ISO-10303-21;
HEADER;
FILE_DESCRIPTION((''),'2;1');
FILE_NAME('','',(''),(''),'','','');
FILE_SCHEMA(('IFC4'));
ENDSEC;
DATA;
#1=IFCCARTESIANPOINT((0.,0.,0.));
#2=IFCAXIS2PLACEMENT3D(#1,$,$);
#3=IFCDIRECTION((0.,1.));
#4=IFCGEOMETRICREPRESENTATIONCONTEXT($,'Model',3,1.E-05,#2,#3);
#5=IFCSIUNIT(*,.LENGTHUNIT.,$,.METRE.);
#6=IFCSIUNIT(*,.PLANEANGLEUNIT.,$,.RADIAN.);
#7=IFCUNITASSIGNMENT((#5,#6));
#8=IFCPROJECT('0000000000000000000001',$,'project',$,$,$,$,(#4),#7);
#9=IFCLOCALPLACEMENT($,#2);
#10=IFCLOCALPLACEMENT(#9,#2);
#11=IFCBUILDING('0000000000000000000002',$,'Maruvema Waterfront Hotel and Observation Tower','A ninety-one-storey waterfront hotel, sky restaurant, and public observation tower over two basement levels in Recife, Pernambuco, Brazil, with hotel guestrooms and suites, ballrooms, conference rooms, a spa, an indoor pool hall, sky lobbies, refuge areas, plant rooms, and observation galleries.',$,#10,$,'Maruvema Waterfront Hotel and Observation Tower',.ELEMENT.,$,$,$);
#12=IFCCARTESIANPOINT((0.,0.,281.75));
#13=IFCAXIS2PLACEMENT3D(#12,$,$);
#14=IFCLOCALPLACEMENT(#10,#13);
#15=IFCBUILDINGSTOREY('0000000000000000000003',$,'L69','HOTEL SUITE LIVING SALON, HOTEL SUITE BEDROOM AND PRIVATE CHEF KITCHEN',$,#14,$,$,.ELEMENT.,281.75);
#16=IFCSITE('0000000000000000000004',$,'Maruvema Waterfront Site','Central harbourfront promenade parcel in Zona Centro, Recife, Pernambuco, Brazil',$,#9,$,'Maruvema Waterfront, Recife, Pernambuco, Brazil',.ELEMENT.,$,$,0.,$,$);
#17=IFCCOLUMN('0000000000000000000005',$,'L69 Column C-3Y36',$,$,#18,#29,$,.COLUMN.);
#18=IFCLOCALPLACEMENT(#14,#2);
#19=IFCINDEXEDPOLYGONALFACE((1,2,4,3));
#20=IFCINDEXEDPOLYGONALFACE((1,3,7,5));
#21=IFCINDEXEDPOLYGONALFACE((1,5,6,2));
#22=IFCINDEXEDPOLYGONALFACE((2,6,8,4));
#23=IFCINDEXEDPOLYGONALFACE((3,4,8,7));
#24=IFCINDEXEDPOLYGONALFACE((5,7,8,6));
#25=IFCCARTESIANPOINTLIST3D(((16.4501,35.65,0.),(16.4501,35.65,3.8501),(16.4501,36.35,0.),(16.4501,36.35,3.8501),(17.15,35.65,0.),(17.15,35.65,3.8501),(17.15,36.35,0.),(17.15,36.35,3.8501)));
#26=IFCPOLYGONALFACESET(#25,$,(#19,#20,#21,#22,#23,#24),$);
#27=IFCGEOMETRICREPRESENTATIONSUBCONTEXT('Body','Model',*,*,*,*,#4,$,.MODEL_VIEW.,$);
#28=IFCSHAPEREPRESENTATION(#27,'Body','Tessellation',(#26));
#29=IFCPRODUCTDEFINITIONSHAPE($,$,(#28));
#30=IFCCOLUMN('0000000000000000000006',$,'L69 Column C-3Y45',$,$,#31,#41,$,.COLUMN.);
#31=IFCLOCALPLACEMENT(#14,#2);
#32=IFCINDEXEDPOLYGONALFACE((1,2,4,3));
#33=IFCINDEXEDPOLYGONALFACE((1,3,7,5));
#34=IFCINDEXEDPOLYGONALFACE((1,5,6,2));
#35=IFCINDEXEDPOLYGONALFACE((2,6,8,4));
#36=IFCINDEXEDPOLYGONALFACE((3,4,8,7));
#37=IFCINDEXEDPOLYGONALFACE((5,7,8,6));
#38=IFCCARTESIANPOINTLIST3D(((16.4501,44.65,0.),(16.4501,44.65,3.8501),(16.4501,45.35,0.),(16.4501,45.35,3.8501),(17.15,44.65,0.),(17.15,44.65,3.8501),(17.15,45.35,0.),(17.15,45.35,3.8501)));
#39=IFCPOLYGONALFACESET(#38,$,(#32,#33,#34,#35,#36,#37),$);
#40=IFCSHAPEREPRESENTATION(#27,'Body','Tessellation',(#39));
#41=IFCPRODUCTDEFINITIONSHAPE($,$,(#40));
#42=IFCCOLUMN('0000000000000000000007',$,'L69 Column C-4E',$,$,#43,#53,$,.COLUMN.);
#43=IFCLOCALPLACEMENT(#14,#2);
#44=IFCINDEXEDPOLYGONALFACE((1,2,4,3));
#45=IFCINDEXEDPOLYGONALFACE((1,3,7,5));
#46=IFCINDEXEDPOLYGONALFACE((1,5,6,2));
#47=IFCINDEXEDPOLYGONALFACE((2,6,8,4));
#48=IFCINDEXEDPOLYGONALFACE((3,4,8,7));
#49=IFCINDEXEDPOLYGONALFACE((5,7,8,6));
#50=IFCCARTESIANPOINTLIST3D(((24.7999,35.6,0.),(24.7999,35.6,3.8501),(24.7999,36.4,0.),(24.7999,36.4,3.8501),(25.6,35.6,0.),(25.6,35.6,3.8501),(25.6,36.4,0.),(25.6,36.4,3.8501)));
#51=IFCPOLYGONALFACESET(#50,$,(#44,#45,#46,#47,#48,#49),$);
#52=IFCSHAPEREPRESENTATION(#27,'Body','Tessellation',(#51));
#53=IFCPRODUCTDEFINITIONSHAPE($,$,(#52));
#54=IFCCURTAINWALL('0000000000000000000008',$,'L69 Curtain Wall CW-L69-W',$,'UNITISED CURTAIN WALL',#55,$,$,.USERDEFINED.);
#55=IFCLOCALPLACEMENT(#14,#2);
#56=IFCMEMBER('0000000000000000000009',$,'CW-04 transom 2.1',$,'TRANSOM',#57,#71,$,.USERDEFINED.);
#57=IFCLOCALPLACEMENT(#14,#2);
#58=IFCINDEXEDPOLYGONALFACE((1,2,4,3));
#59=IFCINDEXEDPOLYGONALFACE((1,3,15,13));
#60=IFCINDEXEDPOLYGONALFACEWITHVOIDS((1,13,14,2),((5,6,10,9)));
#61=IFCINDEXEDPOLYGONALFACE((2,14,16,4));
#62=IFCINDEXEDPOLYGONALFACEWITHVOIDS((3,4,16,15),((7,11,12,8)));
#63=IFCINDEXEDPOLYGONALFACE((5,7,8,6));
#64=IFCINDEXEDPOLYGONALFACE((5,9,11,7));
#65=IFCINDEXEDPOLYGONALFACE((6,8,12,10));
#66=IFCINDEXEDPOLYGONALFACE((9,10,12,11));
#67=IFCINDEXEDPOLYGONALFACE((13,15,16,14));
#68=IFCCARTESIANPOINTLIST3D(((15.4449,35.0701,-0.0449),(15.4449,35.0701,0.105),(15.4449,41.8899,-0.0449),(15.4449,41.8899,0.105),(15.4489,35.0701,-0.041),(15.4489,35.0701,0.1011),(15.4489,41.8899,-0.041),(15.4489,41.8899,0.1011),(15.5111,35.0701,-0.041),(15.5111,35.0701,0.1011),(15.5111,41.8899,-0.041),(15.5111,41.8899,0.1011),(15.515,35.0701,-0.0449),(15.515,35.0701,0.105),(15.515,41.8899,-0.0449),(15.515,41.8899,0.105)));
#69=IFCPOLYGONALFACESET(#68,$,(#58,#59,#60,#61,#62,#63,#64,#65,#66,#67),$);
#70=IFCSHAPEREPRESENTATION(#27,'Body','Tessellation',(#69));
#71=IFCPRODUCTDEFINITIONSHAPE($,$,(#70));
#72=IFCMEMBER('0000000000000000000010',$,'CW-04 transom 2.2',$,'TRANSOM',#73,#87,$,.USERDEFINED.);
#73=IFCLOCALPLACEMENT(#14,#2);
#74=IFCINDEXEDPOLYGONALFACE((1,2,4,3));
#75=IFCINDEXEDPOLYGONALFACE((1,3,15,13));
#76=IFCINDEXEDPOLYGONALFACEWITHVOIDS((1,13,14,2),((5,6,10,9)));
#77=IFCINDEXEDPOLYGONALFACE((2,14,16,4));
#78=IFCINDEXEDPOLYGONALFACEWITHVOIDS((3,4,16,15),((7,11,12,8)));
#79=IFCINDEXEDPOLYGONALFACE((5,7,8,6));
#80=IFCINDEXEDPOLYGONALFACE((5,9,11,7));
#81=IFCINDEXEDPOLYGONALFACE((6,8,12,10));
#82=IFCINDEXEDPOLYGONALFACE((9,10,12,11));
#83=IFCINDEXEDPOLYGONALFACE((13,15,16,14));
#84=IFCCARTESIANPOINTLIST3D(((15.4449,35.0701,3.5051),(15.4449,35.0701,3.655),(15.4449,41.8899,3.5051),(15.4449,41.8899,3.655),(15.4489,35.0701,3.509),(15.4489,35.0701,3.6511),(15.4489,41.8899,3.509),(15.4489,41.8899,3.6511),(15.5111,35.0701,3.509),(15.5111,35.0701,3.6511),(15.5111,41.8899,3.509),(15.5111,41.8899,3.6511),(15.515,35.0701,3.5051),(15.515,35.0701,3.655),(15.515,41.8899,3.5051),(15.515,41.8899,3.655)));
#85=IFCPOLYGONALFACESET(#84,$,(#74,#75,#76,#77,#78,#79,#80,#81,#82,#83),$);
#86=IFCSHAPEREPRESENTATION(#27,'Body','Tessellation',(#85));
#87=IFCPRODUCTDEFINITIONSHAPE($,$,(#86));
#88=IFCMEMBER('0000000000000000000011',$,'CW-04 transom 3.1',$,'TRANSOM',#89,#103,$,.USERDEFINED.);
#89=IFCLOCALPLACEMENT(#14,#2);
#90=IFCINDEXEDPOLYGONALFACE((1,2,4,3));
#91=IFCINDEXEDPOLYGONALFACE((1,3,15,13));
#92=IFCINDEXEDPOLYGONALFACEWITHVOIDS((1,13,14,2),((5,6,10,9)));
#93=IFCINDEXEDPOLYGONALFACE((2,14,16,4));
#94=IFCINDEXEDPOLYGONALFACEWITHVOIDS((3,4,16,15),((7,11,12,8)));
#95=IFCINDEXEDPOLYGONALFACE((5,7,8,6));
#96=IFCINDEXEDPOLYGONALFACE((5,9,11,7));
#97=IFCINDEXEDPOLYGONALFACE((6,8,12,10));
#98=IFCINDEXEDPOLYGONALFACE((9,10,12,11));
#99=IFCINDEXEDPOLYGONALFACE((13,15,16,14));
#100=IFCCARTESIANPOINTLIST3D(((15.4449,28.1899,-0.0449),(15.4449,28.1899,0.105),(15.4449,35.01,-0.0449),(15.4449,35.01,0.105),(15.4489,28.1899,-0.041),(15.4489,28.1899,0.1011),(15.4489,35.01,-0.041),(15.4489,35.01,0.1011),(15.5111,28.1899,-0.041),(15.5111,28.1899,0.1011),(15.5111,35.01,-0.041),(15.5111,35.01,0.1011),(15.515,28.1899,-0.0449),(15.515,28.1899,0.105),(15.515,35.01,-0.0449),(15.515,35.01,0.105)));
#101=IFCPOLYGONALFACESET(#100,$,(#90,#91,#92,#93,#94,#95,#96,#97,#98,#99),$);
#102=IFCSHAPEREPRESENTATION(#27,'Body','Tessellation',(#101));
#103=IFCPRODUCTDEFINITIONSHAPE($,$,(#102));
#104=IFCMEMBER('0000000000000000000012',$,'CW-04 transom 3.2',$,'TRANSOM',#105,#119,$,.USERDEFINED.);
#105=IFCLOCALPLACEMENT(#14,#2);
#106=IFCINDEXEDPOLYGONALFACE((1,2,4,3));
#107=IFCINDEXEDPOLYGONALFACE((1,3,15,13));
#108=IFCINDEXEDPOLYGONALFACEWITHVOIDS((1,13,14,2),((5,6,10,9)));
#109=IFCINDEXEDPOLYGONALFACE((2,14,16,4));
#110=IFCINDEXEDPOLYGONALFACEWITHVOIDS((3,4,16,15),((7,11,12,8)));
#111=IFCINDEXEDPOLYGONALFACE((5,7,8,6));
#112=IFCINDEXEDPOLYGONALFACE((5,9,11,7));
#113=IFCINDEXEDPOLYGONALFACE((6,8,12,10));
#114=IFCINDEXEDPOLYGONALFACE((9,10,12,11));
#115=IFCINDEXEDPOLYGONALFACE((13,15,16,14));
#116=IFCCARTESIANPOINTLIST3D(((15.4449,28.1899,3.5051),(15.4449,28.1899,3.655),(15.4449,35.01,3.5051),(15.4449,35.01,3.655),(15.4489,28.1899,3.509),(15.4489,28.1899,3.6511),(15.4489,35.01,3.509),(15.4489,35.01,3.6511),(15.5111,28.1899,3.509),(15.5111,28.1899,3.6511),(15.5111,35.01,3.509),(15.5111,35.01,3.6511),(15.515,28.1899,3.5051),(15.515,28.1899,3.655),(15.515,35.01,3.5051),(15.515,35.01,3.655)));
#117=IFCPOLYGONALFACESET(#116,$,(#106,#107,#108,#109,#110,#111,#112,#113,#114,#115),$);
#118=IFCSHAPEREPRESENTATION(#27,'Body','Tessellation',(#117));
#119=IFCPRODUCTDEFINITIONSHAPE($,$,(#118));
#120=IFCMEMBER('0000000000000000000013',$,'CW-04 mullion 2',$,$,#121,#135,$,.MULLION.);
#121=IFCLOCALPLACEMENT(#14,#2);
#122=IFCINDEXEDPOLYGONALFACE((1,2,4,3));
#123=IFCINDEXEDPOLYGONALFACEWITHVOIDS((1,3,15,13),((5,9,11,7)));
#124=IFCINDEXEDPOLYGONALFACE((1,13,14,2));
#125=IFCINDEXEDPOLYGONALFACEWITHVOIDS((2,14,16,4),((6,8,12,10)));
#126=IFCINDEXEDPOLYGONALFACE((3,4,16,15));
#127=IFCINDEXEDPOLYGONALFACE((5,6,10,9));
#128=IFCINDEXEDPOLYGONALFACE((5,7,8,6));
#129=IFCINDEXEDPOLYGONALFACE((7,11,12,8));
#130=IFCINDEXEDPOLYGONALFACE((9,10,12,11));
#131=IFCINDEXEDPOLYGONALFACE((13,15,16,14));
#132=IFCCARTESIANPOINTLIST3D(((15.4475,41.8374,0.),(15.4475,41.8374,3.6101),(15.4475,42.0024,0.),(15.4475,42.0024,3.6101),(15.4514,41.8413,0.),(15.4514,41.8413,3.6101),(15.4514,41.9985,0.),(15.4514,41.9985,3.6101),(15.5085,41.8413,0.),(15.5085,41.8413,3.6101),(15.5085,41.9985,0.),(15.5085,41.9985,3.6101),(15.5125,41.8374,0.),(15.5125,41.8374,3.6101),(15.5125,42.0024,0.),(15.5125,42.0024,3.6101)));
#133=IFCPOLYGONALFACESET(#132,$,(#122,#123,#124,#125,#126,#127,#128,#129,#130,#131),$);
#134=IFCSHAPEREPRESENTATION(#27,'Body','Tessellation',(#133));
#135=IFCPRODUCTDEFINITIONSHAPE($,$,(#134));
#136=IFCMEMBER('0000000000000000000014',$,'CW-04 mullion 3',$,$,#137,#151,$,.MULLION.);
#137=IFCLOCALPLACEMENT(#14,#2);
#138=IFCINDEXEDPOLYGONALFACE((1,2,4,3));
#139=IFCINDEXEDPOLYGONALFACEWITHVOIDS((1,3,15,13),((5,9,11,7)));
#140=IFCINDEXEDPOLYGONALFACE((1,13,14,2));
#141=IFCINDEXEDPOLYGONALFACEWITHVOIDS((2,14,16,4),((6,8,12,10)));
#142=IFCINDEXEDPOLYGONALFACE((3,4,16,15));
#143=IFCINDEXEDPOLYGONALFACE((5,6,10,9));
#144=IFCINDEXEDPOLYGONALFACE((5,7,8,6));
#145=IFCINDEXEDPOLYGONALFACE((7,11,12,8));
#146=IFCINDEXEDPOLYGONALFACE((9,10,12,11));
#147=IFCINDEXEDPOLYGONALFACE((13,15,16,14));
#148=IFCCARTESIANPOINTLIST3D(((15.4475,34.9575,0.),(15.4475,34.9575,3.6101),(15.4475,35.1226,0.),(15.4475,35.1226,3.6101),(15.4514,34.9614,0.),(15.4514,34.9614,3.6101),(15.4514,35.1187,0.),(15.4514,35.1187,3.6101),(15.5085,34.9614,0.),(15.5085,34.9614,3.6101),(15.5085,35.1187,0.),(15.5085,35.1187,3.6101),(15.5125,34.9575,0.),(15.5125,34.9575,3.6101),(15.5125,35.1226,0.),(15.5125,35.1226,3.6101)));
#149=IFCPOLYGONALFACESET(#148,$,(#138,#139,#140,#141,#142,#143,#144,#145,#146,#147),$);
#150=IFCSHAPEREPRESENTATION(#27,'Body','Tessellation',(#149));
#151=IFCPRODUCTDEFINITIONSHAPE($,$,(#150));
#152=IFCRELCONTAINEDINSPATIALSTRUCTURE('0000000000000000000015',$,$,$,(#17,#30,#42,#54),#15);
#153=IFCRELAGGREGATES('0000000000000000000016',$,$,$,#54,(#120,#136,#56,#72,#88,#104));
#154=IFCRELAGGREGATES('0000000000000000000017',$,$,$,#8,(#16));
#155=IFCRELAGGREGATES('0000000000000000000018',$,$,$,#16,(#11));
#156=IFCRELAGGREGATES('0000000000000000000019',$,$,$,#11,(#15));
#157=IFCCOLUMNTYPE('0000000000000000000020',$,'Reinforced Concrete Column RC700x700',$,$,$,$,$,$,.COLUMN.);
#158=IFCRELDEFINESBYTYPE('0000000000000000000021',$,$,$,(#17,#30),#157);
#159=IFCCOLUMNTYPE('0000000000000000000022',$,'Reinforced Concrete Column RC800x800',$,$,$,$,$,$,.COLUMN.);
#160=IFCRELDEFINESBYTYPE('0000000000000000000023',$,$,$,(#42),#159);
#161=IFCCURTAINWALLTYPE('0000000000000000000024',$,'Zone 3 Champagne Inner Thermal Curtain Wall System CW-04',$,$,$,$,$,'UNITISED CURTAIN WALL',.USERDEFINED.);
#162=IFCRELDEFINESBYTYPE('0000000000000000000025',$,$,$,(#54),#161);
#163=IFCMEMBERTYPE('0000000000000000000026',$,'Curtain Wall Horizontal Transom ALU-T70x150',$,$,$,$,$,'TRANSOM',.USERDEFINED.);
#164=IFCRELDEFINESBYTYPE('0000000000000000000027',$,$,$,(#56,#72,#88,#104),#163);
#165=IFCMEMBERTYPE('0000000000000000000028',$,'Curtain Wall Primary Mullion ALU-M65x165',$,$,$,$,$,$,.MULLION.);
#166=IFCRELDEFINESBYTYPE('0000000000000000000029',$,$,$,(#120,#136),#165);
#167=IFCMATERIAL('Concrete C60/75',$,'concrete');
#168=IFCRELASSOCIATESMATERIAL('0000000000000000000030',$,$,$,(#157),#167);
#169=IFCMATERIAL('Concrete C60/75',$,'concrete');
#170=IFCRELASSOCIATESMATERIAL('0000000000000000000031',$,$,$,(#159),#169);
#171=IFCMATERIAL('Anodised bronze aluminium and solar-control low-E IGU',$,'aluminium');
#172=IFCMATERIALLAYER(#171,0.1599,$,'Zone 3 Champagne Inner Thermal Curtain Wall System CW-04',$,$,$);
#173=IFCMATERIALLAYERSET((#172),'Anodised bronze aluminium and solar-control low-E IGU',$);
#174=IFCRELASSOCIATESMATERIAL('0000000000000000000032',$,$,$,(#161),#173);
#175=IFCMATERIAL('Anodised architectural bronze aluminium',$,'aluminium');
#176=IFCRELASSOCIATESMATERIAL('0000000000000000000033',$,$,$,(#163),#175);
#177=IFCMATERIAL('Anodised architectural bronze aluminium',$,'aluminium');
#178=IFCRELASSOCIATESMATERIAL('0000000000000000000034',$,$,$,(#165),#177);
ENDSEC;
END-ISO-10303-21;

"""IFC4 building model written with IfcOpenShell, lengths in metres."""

from ifc_helpers import new_model, si_unit, direction, frame, origin, origin_2d, place, context, subcontext, project, spatial, rectangle, hollow_rectangle, extrude, material, layer, layer_set, material_profile, profile_set, type_object, element, aggregate, save


model = new_model("IFC4")

# Units and contexts
model_context = context("Model", 3, precision=1e-05, world=origin(), true_north=direction((0.0, 1.0)))
body_context = subcontext(model_context, "Body", "Model", "MODEL_VIEW")
ifc_project = project(units=[si_unit("LENGTHUNIT", "METRE"), si_unit("PLANEANGLEUNIT", "RADIAN")], contexts=[model_context])

# Site, building, storey
site_placement = place(None, origin())
site = spatial("IfcSite", under=ifc_project, at=site_placement, Name="Maruvema Waterfront Site", Description="Central harbourfront promenade parcel in Zona Centro, Recife, Pernambuco, Brazil", LongName="Maruvema Waterfront, Recife, Pernambuco, Brazil", CompositionType="ELEMENT", RefElevation=0.0)
building_placement = place(site_placement, origin())
building = spatial("IfcBuilding", under=site, at=building_placement, Name="Maruvema Waterfront Hotel and Observation Tower", Description="A ninety-one-storey waterfront hotel, sky restaurant, and public observation tower over two basement levels in Recife, Pernambuco, Brazil, with hotel guestrooms and suites, ballrooms, conference rooms, a spa, an indoor pool hall, sky lobbies, refuge areas, plant rooms, and observation galleries.", LongName="Maruvema Waterfront Hotel and Observation Tower", CompositionType="ELEMENT")
storey_placement = place(building_placement, frame((0.0, 0.0, 281.75)))
storey = spatial("IfcBuildingStorey", under=building, at=storey_placement, Name="L69", Description="HOTEL SUITE LIVING SALON, HOTEL SUITE BEDROOM AND PRIVATE CHEF KITCHEN", CompositionType="ELEMENT", Elevation=281.75)

# Columns
ifc_material_1 = material(Name="Concrete C60/75", Category="concrete")
ifc_material_profile_1 = material_profile(ifc_material_1, rectangle(XDim=0.7, YDim=0.7, at=origin_2d()), Name="RC700x700")
ifc_profile_set_1 = profile_set([ifc_material_profile_1], Name="Concrete C60/75")
column_type_1 = type_object("IfcColumnType", Name="Reinforced Concrete Column RC700x700", PredefinedType="COLUMN", material=ifc_profile_set_1)
for number, where, z_axis, x_axis, name in (
    (1, (16.8, 36.0, 0.0), (0.0, 0.0, 1.0), (1.0, 0.0, 0.0), "L69 Column C-3Y36"),
    (2, (16.8, 45.0, 0.0), (0.0, 0.0, 1.0), (1.0, 0.0, 0.0), "L69 Column C-3Y45"),
):
    element("IfcColumn", number, at=place(storey_placement, frame(where, z_axis=z_axis, x_axis=x_axis)), inside=storey, type_object=column_type_1, Name=name, PredefinedType="COLUMN", context=body_context, shape_type="SweptSolid", body=[
        extrude(rectangle(XDim=0.7, YDim=0.7, at=origin_2d()), origin(), (0.0, 0.0, 1.0), 3.8501),
    ])
ifc_material_2 = material(Name="Concrete C60/75", Category="concrete")
ifc_material_profile_2 = material_profile(ifc_material_2, rectangle(XDim=0.8, YDim=0.8, at=origin_2d()), Name="RC800x800")
ifc_profile_set_2 = profile_set([ifc_material_profile_2], Name="Concrete C60/75")
column_type_2 = type_object("IfcColumnType", Name="Reinforced Concrete Column RC800x800", PredefinedType="COLUMN", material=ifc_profile_set_2)
column_placement = place(storey_placement, frame((25.2, 36.0, 0.0), z_axis=(0.0, 0.0, 1.0), x_axis=(1.0, 0.0, 0.0)))
element("IfcColumn", 3, at=column_placement, inside=storey, type_object=column_type_2, Name="L69 Column C-4E", PredefinedType="COLUMN", context=body_context, shape_type="SweptSolid", body=[
    extrude(rectangle(XDim=0.8, YDim=0.8, at=origin_2d()), origin(), (0.0, 0.0, 1.0), 3.8501),
])

# Curtain wall, members
ifc_material_3 = material(Name="Anodised bronze aluminium and solar-control low-E IGU", Category="aluminium")
ifc_layer_1 = layer(ifc_material_3, 0.1599, Name="Zone 3 Champagne Inner Thermal Curtain Wall System CW-04")
ifc_layer_set_1 = layer_set([ifc_layer_1], Name="Anodised bronze aluminium and solar-control low-E IGU")
curtain_wall_type = type_object("IfcCurtainWallType", Name="Zone 3 Champagne Inner Thermal Curtain Wall System CW-04", ElementType="UNITISED CURTAIN WALL", PredefinedType="USERDEFINED", material=ifc_layer_set_1)
curtain_wall_placement = place(storey_placement, origin())
curtain_wall = element("IfcCurtainWall", 4, at=curtain_wall_placement, inside=storey, type_object=curtain_wall_type, Name="L69 Curtain Wall CW-L69-W", ObjectType="UNITISED CURTAIN WALL", PredefinedType="USERDEFINED")
ifc_material_4 = material(Name="Anodised architectural bronze aluminium", Category="aluminium")
ifc_material_profile_3 = material_profile(ifc_material_4, hollow_rectangle(XDim=0.0701, YDim=0.1499, WallThickness=0.0039, at=origin_2d()), Name="ALU-T70x150")
ifc_profile_set_3 = profile_set([ifc_material_profile_3], Name="Anodised architectural bronze aluminium")
member_type_1 = type_object("IfcMemberType", Name="Curtain Wall Horizontal Transom ALU-T70x150", ElementType="TRANSOM", PredefinedType="USERDEFINED", material=ifc_profile_set_3)
member_1_placement = place(storey_placement, frame((15.48, 41.8899, 0.03), z_axis=(0.0, -1.0, 0.0), x_axis=(1.0, 0.0, 0.0)))
member_1 = element("IfcMember", 5, at=member_1_placement, type_object=member_type_1, Name="CW-04 transom 2.1", ObjectType="TRANSOM", PredefinedType="USERDEFINED", context=body_context, shape_type="SweptSolid", body=[
    extrude(hollow_rectangle(XDim=0.0701, YDim=0.1499, WallThickness=0.0039, at=origin_2d()), origin(), (0.0, 0.0, 1.0), 6.8198),
])
member_2_placement = place(storey_placement, frame((15.48, 41.8899, 3.5801), z_axis=(0.0, -1.0, 0.0), x_axis=(1.0, 0.0, 0.0)))
member_2 = element("IfcMember", 6, at=member_2_placement, type_object=member_type_1, Name="CW-04 transom 2.2", ObjectType="TRANSOM", PredefinedType="USERDEFINED", context=body_context, shape_type="SweptSolid", body=[
    extrude(hollow_rectangle(XDim=0.0701, YDim=0.1499, WallThickness=0.0039, at=origin_2d()), origin(), (0.0, 0.0, 1.0), 6.8198),
])
member_3_placement = place(storey_placement, frame((15.48, 35.01, 0.03), z_axis=(0.0, -1.0, 0.0), x_axis=(1.0, 0.0, 0.0)))
member_3 = element("IfcMember", 7, at=member_3_placement, type_object=member_type_1, Name="CW-04 transom 3.1", ObjectType="TRANSOM", PredefinedType="USERDEFINED", context=body_context, shape_type="SweptSolid", body=[
    extrude(hollow_rectangle(XDim=0.0701, YDim=0.1499, WallThickness=0.0039, at=origin_2d()), origin(), (0.0, 0.0, 1.0), 6.8201),
])
member_4_placement = place(storey_placement, frame((15.48, 35.01, 3.5801), z_axis=(0.0, -1.0, 0.0), x_axis=(1.0, 0.0, 0.0)))
member_4 = element("IfcMember", 8, at=member_4_placement, type_object=member_type_1, Name="CW-04 transom 3.2", ObjectType="TRANSOM", PredefinedType="USERDEFINED", context=body_context, shape_type="SweptSolid", body=[
    extrude(hollow_rectangle(XDim=0.0701, YDim=0.1499, WallThickness=0.0039, at=origin_2d()), origin(), (0.0, 0.0, 1.0), 6.8201),
])
ifc_material_5 = material(Name="Anodised architectural bronze aluminium", Category="aluminium")
ifc_material_profile_4 = material_profile(ifc_material_5, hollow_rectangle(XDim=0.0649, YDim=0.165, WallThickness=0.0039, at=origin_2d()), Name="ALU-M65x165")
ifc_profile_set_4 = profile_set([ifc_material_profile_4], Name="Anodised architectural bronze aluminium")
member_type_2 = type_object("IfcMemberType", Name="Curtain Wall Primary Mullion ALU-M65x165", PredefinedType="MULLION", material=ifc_profile_set_4)
member_5_placement = place(storey_placement, frame((15.48, 41.9199, 0.0), z_axis=(0.0, 0.0, 1.0), x_axis=(1.0, 0.0, 0.0)))
member_5 = element("IfcMember", 9, at=member_5_placement, type_object=member_type_2, Name="CW-04 mullion 2", PredefinedType="MULLION", context=body_context, shape_type="SweptSolid", body=[
    extrude(hollow_rectangle(XDim=0.0649, YDim=0.165, WallThickness=0.0039, at=origin_2d()), origin(), (0.0, 0.0, 1.0), 3.6101),
])
member_6_placement = place(storey_placement, frame((15.48, 35.04, 0.0), z_axis=(0.0, 0.0, 1.0), x_axis=(1.0, 0.0, 0.0)))
member_6 = element("IfcMember", 10, at=member_6_placement, type_object=member_type_2, Name="CW-04 mullion 3", PredefinedType="MULLION", context=body_context, shape_type="SweptSolid", body=[
    extrude(hollow_rectangle(XDim=0.0649, YDim=0.165, WallThickness=0.0039, at=origin_2d()), origin(), (0.0, 0.0, 1.0), 3.6101),
])

aggregate(curtain_wall, [member_5, member_6, member_1, member_2, member_3, member_4])

save(model, "model.ifc")
